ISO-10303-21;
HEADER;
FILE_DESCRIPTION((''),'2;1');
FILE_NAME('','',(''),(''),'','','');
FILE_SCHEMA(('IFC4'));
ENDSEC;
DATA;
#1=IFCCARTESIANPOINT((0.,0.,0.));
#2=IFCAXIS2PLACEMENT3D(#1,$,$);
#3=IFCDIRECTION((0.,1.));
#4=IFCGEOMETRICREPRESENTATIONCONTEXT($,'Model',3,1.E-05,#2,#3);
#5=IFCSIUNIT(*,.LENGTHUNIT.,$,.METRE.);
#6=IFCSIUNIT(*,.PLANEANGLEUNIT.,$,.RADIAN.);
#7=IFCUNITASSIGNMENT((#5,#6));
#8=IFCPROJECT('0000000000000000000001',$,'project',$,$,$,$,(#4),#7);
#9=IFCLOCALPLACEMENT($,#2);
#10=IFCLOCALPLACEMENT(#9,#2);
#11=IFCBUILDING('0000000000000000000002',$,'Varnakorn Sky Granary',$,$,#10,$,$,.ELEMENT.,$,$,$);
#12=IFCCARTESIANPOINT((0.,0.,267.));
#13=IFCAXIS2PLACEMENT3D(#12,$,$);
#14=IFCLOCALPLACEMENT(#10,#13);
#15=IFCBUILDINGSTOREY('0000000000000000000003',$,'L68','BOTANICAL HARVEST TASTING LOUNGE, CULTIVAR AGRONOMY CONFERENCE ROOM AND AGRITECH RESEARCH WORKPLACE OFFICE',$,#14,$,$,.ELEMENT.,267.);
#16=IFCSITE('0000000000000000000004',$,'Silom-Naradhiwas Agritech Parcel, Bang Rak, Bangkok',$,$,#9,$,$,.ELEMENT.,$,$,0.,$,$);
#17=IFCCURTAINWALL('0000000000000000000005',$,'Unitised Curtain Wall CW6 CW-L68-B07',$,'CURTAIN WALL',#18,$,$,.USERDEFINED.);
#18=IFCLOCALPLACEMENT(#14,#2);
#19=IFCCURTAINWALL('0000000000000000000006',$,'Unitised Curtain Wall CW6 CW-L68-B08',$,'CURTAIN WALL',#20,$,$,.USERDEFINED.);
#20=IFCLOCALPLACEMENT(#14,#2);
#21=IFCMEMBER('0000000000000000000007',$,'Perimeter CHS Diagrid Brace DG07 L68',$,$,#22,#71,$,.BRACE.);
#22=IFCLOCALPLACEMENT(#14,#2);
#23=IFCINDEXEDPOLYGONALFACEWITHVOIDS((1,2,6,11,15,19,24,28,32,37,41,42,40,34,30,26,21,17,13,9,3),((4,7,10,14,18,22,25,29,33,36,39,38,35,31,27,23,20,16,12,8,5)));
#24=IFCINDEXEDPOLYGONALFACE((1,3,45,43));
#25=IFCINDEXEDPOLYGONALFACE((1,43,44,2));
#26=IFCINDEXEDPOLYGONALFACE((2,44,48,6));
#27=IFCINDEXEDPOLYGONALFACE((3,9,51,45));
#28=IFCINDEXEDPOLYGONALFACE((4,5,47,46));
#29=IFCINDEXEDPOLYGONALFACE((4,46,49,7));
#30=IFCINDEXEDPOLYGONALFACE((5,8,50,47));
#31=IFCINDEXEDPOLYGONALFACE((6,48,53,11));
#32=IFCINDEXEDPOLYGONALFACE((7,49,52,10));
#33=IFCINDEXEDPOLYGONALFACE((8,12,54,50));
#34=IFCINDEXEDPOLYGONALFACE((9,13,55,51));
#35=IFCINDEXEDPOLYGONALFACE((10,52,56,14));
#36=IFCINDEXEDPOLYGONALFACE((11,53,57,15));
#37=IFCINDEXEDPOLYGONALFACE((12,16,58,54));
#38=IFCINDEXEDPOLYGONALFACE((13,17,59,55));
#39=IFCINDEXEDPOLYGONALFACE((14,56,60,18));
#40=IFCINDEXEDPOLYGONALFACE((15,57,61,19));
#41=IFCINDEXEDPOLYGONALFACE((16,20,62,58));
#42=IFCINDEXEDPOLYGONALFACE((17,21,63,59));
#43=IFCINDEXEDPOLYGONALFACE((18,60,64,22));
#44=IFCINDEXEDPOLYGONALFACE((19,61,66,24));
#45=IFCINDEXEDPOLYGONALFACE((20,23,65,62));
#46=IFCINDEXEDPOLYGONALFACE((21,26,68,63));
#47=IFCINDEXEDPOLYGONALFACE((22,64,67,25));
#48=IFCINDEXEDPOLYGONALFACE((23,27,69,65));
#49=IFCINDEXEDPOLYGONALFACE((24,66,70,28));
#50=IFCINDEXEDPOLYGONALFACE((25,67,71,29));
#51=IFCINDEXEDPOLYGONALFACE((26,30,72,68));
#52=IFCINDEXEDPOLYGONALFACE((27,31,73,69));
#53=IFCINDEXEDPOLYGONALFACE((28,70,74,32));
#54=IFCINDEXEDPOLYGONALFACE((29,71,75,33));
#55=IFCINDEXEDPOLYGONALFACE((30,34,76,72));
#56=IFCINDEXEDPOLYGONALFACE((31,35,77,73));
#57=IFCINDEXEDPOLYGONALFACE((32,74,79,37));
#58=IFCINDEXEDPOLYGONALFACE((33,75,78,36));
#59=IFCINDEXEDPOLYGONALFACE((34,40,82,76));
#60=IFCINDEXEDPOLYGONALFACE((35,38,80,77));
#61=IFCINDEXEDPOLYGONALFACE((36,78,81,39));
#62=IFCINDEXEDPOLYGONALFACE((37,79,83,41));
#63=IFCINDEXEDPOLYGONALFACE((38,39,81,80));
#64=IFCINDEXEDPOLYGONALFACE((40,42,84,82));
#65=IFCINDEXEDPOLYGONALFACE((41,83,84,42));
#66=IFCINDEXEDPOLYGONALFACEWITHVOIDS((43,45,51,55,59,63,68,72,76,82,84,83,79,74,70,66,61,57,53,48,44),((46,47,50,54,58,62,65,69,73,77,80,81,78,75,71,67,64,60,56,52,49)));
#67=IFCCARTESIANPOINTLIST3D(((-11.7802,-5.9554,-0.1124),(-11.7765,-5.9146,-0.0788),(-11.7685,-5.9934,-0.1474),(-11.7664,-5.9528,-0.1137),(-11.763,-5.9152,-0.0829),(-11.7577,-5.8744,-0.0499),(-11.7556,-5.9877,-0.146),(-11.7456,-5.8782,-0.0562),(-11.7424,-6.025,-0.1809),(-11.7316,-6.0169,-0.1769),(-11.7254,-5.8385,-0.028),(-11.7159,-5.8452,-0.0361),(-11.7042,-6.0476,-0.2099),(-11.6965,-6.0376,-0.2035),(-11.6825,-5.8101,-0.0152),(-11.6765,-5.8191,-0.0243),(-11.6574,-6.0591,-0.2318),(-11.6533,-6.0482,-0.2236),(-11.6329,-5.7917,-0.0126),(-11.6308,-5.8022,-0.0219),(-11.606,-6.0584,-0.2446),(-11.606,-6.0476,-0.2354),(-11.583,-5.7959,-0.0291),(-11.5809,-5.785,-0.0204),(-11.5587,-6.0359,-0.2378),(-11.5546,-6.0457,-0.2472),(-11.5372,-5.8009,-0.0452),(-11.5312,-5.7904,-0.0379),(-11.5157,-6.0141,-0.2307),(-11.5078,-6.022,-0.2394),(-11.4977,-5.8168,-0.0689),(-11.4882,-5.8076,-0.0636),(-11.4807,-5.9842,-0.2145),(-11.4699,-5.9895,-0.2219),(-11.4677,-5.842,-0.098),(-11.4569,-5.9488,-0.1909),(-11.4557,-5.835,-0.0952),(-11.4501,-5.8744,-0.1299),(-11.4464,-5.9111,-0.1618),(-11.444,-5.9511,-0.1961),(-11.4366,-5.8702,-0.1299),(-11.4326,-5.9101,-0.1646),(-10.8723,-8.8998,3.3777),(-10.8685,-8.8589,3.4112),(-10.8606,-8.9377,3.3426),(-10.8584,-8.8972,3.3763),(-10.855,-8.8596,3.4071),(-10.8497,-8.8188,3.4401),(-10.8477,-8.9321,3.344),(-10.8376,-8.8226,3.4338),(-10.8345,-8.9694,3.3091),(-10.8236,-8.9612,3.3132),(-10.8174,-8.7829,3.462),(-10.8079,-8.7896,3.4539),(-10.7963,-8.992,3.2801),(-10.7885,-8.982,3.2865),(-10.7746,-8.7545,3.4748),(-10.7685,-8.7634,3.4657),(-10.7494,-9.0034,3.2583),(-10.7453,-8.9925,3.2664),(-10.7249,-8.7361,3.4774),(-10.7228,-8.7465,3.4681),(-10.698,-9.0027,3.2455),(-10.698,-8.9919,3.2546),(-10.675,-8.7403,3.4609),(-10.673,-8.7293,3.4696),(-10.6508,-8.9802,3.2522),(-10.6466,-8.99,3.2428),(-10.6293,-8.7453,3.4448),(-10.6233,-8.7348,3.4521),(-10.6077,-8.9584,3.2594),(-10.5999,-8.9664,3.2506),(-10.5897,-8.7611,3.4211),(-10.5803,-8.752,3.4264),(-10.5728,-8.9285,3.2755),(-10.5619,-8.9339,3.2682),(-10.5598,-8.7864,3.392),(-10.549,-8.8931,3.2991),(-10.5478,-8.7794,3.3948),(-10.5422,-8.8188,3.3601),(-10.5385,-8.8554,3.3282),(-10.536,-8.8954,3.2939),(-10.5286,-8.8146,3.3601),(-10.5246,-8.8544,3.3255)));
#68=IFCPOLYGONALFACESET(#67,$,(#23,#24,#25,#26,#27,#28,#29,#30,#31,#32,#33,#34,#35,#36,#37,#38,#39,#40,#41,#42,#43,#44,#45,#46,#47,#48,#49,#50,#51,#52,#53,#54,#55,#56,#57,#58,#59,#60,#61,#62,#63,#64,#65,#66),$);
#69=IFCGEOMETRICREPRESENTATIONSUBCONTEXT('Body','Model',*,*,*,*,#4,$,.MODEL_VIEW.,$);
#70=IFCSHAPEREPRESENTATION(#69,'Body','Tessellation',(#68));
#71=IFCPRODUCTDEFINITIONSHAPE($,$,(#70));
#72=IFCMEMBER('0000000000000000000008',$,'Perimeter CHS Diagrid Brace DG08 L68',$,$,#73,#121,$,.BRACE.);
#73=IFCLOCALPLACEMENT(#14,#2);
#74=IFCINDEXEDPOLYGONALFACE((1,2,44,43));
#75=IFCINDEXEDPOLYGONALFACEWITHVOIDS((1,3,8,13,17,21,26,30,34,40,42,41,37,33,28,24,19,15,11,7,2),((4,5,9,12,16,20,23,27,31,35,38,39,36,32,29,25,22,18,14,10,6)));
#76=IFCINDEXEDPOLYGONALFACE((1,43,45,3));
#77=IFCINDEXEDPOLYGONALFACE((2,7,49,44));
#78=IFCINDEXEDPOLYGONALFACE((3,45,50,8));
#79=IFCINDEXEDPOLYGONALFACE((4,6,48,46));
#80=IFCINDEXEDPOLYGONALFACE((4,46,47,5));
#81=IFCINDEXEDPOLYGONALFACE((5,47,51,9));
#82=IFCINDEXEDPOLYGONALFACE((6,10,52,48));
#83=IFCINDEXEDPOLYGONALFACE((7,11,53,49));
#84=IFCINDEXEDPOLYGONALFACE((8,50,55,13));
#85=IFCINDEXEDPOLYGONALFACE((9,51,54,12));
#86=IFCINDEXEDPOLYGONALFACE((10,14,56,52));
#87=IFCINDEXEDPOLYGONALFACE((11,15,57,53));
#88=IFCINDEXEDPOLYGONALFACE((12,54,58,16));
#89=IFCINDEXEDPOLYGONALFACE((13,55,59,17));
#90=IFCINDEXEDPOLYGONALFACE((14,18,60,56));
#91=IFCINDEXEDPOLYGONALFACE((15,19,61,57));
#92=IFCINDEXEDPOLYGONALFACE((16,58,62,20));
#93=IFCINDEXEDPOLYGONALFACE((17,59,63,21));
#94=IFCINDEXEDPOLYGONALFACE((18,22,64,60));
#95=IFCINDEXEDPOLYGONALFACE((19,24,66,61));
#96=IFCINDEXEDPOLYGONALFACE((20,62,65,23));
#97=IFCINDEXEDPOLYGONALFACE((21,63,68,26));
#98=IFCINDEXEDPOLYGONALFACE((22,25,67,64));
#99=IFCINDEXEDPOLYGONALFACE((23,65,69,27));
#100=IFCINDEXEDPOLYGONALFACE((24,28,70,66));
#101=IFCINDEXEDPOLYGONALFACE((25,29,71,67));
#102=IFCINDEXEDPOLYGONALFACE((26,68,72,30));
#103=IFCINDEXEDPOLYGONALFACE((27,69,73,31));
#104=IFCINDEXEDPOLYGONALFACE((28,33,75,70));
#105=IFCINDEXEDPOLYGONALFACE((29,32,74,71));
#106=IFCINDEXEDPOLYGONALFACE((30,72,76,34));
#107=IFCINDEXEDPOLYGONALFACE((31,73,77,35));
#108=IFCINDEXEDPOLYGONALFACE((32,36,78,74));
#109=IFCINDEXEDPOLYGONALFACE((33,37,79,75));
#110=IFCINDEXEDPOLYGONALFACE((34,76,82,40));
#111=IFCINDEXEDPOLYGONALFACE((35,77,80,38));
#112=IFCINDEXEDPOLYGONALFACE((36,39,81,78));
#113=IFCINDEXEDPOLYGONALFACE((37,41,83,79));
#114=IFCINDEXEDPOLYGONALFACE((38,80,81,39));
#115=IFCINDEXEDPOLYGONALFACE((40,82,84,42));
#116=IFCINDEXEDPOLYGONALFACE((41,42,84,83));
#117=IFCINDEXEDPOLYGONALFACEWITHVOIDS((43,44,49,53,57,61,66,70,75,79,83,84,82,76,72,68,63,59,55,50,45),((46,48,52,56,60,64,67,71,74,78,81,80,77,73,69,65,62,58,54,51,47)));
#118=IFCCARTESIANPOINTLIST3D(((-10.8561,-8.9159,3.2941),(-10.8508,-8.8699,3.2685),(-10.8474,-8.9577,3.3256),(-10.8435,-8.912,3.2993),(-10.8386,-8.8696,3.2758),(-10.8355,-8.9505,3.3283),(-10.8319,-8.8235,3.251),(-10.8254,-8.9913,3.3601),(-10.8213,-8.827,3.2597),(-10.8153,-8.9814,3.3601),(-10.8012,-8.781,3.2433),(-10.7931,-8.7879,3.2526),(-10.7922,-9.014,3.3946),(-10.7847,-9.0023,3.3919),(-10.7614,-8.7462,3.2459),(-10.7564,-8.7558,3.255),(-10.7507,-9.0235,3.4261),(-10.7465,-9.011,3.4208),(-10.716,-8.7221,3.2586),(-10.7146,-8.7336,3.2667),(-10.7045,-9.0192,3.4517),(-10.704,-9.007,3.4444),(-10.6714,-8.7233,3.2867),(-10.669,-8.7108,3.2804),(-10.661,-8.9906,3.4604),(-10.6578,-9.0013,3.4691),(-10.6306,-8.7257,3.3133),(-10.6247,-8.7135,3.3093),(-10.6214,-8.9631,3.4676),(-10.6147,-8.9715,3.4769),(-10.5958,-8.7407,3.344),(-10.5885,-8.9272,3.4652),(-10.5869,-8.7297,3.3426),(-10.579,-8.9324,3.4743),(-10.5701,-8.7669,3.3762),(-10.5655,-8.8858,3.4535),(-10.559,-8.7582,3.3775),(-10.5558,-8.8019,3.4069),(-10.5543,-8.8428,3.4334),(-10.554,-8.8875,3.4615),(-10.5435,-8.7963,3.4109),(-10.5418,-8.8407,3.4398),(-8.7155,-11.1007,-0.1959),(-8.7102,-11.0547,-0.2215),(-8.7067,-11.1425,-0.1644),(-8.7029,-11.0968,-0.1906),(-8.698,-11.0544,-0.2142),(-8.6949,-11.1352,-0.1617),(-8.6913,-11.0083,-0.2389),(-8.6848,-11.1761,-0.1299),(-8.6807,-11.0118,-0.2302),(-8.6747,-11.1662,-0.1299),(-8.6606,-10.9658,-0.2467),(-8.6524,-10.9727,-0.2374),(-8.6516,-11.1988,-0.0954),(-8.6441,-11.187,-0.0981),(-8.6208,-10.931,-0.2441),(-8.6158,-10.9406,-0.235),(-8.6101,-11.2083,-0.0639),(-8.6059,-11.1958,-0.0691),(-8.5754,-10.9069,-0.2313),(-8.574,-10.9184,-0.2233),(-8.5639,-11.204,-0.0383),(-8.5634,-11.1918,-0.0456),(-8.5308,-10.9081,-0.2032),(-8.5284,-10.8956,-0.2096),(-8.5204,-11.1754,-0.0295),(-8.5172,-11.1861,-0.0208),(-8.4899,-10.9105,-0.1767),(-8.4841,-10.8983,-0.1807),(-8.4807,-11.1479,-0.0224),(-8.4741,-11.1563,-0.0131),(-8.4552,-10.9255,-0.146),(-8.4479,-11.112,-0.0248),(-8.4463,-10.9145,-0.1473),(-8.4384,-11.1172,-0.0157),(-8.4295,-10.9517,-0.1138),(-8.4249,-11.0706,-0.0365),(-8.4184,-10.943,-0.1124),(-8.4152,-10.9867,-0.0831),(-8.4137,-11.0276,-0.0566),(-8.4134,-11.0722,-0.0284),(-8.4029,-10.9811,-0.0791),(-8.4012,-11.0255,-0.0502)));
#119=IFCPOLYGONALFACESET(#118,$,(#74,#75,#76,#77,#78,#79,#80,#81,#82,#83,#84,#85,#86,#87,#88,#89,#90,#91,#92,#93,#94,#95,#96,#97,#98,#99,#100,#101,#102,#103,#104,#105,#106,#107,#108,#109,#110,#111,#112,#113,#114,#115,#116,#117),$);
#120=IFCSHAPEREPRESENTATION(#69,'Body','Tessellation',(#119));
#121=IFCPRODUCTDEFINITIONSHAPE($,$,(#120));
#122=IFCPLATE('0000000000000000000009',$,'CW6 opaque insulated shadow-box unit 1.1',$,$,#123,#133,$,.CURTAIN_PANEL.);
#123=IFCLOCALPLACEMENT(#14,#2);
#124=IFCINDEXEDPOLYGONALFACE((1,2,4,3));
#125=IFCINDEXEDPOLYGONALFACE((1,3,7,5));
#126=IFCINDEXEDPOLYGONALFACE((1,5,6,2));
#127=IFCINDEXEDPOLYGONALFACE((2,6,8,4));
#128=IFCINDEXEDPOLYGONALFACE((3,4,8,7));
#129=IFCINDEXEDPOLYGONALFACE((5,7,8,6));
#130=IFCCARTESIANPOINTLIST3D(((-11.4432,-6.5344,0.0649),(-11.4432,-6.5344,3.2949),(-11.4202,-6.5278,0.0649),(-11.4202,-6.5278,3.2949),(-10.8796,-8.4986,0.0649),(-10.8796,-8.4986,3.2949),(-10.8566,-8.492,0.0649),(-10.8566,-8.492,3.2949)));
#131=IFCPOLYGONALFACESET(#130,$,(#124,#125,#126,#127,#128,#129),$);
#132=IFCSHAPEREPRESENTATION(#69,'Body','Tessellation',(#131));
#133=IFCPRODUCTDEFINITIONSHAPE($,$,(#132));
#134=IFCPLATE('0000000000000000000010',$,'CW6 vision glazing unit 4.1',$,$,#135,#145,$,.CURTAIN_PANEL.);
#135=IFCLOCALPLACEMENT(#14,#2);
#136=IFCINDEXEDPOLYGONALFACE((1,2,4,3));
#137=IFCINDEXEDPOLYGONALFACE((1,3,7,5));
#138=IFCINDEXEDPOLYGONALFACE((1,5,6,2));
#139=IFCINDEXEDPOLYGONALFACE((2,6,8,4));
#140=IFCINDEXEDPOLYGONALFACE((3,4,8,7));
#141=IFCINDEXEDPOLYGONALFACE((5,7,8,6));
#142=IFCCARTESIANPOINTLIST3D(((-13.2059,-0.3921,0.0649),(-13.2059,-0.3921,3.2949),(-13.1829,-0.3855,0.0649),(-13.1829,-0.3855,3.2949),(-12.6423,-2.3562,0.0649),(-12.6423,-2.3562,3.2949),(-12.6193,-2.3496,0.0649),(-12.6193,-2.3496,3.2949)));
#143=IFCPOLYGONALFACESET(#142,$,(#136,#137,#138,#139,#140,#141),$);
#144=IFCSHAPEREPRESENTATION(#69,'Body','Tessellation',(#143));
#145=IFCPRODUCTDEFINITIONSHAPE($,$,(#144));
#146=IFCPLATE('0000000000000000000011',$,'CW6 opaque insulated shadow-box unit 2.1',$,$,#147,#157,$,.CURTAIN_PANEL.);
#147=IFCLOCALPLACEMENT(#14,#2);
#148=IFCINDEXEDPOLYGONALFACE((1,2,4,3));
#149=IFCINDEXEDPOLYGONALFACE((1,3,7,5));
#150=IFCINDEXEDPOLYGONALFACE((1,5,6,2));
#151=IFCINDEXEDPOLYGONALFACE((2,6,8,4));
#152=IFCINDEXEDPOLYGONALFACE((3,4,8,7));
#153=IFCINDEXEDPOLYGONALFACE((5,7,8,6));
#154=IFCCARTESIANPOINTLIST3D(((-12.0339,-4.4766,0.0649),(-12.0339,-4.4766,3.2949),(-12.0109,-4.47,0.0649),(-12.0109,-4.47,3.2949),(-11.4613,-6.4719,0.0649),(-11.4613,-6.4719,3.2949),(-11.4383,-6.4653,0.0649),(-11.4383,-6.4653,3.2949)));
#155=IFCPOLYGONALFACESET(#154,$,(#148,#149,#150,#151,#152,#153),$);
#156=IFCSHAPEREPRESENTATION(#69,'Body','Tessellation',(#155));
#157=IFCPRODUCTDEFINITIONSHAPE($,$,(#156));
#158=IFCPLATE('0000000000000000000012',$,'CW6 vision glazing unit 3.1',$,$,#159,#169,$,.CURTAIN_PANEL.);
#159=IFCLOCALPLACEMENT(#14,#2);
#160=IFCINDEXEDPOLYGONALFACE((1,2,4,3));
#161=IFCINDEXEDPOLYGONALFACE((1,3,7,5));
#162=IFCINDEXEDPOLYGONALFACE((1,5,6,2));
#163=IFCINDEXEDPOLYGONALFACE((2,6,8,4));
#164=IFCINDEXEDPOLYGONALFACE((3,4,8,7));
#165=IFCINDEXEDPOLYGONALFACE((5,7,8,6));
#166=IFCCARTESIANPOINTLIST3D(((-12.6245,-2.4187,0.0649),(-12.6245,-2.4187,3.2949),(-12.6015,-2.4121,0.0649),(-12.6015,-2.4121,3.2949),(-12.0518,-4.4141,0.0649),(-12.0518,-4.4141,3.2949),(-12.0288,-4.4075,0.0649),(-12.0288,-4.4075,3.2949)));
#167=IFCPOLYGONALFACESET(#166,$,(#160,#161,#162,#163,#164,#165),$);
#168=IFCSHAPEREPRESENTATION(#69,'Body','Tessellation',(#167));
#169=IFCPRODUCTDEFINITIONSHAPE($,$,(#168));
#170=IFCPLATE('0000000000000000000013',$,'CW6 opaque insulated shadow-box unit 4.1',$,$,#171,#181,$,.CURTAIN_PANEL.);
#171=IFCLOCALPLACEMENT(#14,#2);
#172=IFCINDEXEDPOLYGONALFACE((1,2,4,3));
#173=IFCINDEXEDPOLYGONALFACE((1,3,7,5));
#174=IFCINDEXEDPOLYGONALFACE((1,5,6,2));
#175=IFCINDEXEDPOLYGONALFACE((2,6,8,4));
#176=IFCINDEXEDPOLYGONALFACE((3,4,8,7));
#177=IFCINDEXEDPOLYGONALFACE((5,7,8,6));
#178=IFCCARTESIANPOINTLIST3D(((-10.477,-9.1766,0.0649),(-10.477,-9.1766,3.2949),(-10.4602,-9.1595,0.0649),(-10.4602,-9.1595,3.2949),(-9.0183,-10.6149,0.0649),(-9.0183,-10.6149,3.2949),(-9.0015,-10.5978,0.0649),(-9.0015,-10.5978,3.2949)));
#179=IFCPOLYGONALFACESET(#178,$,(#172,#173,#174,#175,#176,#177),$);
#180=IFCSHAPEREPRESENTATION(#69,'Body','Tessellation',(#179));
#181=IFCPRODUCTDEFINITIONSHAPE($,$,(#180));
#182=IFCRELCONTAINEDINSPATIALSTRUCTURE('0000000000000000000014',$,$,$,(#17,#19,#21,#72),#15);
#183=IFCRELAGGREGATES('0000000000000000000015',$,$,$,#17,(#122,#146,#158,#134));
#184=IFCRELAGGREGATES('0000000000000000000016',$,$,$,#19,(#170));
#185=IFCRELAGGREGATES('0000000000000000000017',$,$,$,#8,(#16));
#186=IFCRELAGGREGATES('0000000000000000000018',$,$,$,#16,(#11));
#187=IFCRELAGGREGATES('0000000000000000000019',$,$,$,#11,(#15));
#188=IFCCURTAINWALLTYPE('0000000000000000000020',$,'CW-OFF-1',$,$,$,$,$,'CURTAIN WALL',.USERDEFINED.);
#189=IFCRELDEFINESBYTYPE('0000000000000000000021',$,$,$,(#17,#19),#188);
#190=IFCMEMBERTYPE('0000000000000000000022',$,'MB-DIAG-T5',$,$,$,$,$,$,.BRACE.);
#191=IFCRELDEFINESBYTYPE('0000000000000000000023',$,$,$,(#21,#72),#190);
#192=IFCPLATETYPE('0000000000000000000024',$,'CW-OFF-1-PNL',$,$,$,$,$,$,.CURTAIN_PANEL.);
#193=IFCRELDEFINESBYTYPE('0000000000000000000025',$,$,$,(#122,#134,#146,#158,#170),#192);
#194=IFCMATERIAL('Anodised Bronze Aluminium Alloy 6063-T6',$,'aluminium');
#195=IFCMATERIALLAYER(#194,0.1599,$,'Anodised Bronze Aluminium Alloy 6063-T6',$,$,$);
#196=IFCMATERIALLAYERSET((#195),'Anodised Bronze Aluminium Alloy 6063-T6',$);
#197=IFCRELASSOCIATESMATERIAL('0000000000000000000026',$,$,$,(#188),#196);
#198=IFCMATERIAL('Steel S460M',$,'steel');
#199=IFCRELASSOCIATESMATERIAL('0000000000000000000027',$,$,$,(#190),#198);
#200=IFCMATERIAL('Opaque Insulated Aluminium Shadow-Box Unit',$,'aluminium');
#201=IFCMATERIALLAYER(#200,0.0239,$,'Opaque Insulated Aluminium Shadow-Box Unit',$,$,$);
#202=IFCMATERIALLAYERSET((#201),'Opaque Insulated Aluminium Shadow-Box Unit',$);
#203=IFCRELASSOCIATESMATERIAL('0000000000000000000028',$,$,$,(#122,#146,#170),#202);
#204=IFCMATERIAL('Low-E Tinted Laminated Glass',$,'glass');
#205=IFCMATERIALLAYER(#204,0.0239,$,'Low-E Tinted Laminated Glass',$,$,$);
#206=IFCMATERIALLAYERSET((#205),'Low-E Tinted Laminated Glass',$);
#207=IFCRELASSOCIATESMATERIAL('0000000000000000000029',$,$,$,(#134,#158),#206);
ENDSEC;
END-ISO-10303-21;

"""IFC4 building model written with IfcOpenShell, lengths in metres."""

from ifc_helpers import new_model, si_unit, direction, frame, origin, origin_2d, place, context, subcontext, project, spatial, rectangle, hollow_circle, extrude, source, transform, mapped, material, layer, layer_set, material_profile, profile_set, type_object, element, aggregate, save


model = new_model("IFC4")

# Units and contexts
model_context = context("Model", 3, precision=1e-05, world=origin(), true_north=direction((0.0, 1.0)))
body_context = subcontext(model_context, "Body", "Model", "MODEL_VIEW")
ifc_project = project(units=[si_unit("LENGTHUNIT", "METRE"), si_unit("PLANEANGLEUNIT", "RADIAN")], contexts=[model_context])

# Site, building, storey
site_placement = place(None, origin())
site = spatial("IfcSite", under=ifc_project, at=site_placement, Name="Silom-Naradhiwas Agritech Parcel, Bang Rak, Bangkok", CompositionType="ELEMENT", RefElevation=0.0)
building_placement = place(site_placement, origin())
building = spatial("IfcBuilding", under=site, at=building_placement, Name="Varnakorn Sky Granary", CompositionType="ELEMENT")
storey_placement = place(building_placement, frame((0.0, 0.0, 267.0)))
storey = spatial("IfcBuildingStorey", under=building, at=storey_placement, Name="L68", Description="BOTANICAL HARVEST TASTING LOUNGE, CULTIVAR AGRONOMY CONFERENCE ROOM AND AGRITECH RESEARCH WORKPLACE OFFICE", CompositionType="ELEMENT", Elevation=267.0)

# Shared definitions
ifc_material_1 = material(Name="Steel S460M", Category="steel")

# Curtain walls
ifc_material_2 = material(Name="Anodised Bronze Aluminium Alloy 6063-T6", Category="aluminium")
ifc_layer_1 = layer(ifc_material_2, 0.1599, Name="Anodised Bronze Aluminium Alloy 6063-T6")
ifc_layer_set_1 = layer_set([ifc_layer_1], Name="Anodised Bronze Aluminium Alloy 6063-T6")
curtain_wall_type = type_object("IfcCurtainWallType", Name="CW-OFF-1", ElementType="CURTAIN WALL", PredefinedType="USERDEFINED", material=ifc_layer_set_1)
curtain_wall_1_placement = place(storey_placement, origin())
curtain_wall_1 = element("IfcCurtainWall", 1, at=curtain_wall_1_placement, inside=storey, type_object=curtain_wall_type, Name="Unitised Curtain Wall CW6 CW-L68-B07", ObjectType="CURTAIN WALL", PredefinedType="USERDEFINED")
curtain_wall_2_placement = place(storey_placement, origin())
curtain_wall_2 = element("IfcCurtainWall", 2, at=curtain_wall_2_placement, inside=storey, type_object=curtain_wall_type, Name="Unitised Curtain Wall CW6 CW-L68-B08", ObjectType="CURTAIN WALL", PredefinedType="USERDEFINED")

# Members
ifc_material_profile_1 = material_profile(ifc_material_1, hollow_circle(Radius=0.1777, WallThickness=0.0142, at=origin_2d()), Name="CHS 355.6x14")
ifc_profile_set_1 = profile_set([ifc_material_profile_1], Name="Steel S460M")
member_type_1 = type_object("IfcMemberType", Name="MB-DIAG-T5", PredefinedType="BRACE", material=ifc_profile_set_1)
member_1_placement = place(storey_placement, frame((-11.6064, -5.9226, -0.1299), z_axis=(0.19503, -0.632445, 0.749651), x_axis=(0.955596, 0.294682, 0.0)))
element("IfcMember", 3, at=member_1_placement, inside=storey, type_object=member_type_1, Name="Perimeter CHS Diagrid Brace DG07 L68", PredefinedType="BRACE", context=body_context, shape_type="SweptSolid", body=[
    extrude(hollow_circle(Radius=0.1777, WallThickness=0.0142, at=origin_2d()), origin(), (0.0, 0.0, 1.0), 4.6555),
])
member_2_placement = place(storey_placement, frame((-8.5579, -11.0518, -0.1299), z_axis=(-0.461276, 0.470798, 0.752046), x_axis=(-0.714293, -0.699846, 0.0)))
element("IfcMember", 4, at=member_2_placement, inside=storey, type_object=member_type_1, Name="Perimeter CHS Diagrid Brace DG08 L68", PredefinedType="BRACE", context=body_context, shape_type="SweptSolid", body=[
    extrude(hollow_circle(Radius=0.1777, WallThickness=0.0142, at=origin_2d()), origin(), (0.0, 0.0, 1.0), 4.6406),
])

# Plates
ifc_material_3 = material(Name="Opaque Insulated Aluminium Shadow-Box Unit", Category="aluminium")
ifc_layer_2 = layer(ifc_material_3, 0.0239, Name="Opaque Insulated Aluminium Shadow-Box Unit")
ifc_layer_set_2 = layer_set([ifc_layer_2], Name="Opaque Insulated Aluminium Shadow-Box Unit")
plate_type = type_object("IfcPlateType", Name="CW-OFF-1-PNL", PredefinedType="CURTAIN_PANEL")
shared_shape_1 = source(origin(), body_context, "Body", "SweptSolid", [
    extrude(rectangle(XDim=2.0435, YDim=0.0239, at=origin_2d()), origin(), (0.0, 0.0, 1.0), 3.23),
])
plate_1_placement = place(storey_placement, frame((-11.1499, -7.5132, 0.0649), z_axis=(0.0, 0.0, 1.0), x_axis=(-0.275841, 0.961203, 0.0)))
plate_1 = element("IfcPlate", 5, at=plate_1_placement, type_object=plate_type, material=ifc_layer_set_2, Name="CW6 opaque insulated shadow-box unit 1.1", PredefinedType="CURTAIN_PANEL", context=body_context, shape_type="MappedRepresentation", body=[
    mapped(shared_shape_1, transform((0.0, 0.0, 0.0), x_axis=(1.0, 0.0, 0.0), y_axis=(0.0, 1.0, 0.0), z_axis=(0.0, 0.0, 1.0), scale=1.0)),
])
ifc_material_4 = material(Name="Low-E Tinted Laminated Glass", Category="glass")
ifc_layer_3 = layer(ifc_material_4, 0.0239, Name="Low-E Tinted Laminated Glass")
ifc_layer_set_3 = layer_set([ifc_layer_3], Name="Low-E Tinted Laminated Glass")
plate_2_placement = place(storey_placement, frame((-12.9126, -1.3708, 0.0649), z_axis=(0.0, 0.0, 1.0), x_axis=(-0.275841, 0.961203, 0.0)))
plate_2 = element("IfcPlate", 6, at=plate_2_placement, type_object=plate_type, material=ifc_layer_set_3, Name="CW6 vision glazing unit 4.1", PredefinedType="CURTAIN_PANEL", context=body_context, shape_type="MappedRepresentation", body=[
    mapped(shared_shape_1, transform((0.0, 0.0, 0.0), x_axis=(1.0, 0.0, 0.0), y_axis=(0.0, 1.0, 0.0), z_axis=(0.0, 0.0, 1.0), scale=1.0)),
])
shared_shape_2 = source(origin(), body_context, "Body", "SweptSolid", [
    extrude(rectangle(XDim=2.0759, YDim=0.0239, at=origin_2d()), origin(), (0.0, 0.0, 1.0), 3.23),
])
plate_3_placement = place(storey_placement, frame((-11.7361, -5.4709, 0.0649), z_axis=(0.0, 0.0, 1.0), x_axis=(-0.275841, 0.961203, 0.0)))
plate_3 = element("IfcPlate", 7, at=plate_3_placement, type_object=plate_type, material=ifc_layer_set_2, Name="CW6 opaque insulated shadow-box unit 2.1", PredefinedType="CURTAIN_PANEL", context=body_context, shape_type="MappedRepresentation", body=[
    mapped(shared_shape_2, transform((0.0, 0.0, 0.0), x_axis=(1.0, 0.0, 0.0), y_axis=(0.0, 1.0, 0.0), z_axis=(0.0, 0.0, 1.0), scale=1.0)),
])
plate_4_placement = place(storey_placement, frame((-12.3267, -3.4131, 0.0649), z_axis=(0.0, 0.0, 1.0), x_axis=(-0.275841, 0.961203, 0.0)))
plate_4 = element("IfcPlate", 8, at=plate_4_placement, type_object=plate_type, material=ifc_layer_set_3, Name="CW6 vision glazing unit 3.1", PredefinedType="CURTAIN_PANEL", context=body_context, shape_type="MappedRepresentation", body=[
    mapped(shared_shape_2, transform((0.0, 0.0, 0.0), x_axis=(1.0, 0.0, 0.0), y_axis=(0.0, 1.0, 0.0), z_axis=(0.0, 0.0, 1.0), scale=1.0)),
])
aggregate(curtain_wall_1, [plate_1, plate_3, plate_4, plate_2])
shared_shape_3 = source(origin(), body_context, "Body", "SweptSolid", [
    extrude(rectangle(XDim=2.0486, YDim=0.0239, at=origin_2d()), origin(), (0.0, 0.0, 1.0), 3.23),
])
plate_5_placement = place(storey_placement, frame((-9.7393, -9.8872, 0.0649), z_axis=(0.0, 0.0, 1.0), x_axis=(-0.712087, 0.702091, 0.0)))
plate_5 = element("IfcPlate", 9, at=plate_5_placement, type_object=plate_type, material=ifc_layer_set_2, Name="CW6 opaque insulated shadow-box unit 4.1", PredefinedType="CURTAIN_PANEL", context=body_context, shape_type="MappedRepresentation", body=[
    mapped(shared_shape_3, transform((0.0, 0.0, 0.0), x_axis=(1.0, 0.0, 0.0), y_axis=(0.0, 1.0, 0.0), z_axis=(0.0, 0.0, 1.0), scale=1.0)),
])
aggregate(curtain_wall_2, [plate_5])

save(model, "model.ifc")
